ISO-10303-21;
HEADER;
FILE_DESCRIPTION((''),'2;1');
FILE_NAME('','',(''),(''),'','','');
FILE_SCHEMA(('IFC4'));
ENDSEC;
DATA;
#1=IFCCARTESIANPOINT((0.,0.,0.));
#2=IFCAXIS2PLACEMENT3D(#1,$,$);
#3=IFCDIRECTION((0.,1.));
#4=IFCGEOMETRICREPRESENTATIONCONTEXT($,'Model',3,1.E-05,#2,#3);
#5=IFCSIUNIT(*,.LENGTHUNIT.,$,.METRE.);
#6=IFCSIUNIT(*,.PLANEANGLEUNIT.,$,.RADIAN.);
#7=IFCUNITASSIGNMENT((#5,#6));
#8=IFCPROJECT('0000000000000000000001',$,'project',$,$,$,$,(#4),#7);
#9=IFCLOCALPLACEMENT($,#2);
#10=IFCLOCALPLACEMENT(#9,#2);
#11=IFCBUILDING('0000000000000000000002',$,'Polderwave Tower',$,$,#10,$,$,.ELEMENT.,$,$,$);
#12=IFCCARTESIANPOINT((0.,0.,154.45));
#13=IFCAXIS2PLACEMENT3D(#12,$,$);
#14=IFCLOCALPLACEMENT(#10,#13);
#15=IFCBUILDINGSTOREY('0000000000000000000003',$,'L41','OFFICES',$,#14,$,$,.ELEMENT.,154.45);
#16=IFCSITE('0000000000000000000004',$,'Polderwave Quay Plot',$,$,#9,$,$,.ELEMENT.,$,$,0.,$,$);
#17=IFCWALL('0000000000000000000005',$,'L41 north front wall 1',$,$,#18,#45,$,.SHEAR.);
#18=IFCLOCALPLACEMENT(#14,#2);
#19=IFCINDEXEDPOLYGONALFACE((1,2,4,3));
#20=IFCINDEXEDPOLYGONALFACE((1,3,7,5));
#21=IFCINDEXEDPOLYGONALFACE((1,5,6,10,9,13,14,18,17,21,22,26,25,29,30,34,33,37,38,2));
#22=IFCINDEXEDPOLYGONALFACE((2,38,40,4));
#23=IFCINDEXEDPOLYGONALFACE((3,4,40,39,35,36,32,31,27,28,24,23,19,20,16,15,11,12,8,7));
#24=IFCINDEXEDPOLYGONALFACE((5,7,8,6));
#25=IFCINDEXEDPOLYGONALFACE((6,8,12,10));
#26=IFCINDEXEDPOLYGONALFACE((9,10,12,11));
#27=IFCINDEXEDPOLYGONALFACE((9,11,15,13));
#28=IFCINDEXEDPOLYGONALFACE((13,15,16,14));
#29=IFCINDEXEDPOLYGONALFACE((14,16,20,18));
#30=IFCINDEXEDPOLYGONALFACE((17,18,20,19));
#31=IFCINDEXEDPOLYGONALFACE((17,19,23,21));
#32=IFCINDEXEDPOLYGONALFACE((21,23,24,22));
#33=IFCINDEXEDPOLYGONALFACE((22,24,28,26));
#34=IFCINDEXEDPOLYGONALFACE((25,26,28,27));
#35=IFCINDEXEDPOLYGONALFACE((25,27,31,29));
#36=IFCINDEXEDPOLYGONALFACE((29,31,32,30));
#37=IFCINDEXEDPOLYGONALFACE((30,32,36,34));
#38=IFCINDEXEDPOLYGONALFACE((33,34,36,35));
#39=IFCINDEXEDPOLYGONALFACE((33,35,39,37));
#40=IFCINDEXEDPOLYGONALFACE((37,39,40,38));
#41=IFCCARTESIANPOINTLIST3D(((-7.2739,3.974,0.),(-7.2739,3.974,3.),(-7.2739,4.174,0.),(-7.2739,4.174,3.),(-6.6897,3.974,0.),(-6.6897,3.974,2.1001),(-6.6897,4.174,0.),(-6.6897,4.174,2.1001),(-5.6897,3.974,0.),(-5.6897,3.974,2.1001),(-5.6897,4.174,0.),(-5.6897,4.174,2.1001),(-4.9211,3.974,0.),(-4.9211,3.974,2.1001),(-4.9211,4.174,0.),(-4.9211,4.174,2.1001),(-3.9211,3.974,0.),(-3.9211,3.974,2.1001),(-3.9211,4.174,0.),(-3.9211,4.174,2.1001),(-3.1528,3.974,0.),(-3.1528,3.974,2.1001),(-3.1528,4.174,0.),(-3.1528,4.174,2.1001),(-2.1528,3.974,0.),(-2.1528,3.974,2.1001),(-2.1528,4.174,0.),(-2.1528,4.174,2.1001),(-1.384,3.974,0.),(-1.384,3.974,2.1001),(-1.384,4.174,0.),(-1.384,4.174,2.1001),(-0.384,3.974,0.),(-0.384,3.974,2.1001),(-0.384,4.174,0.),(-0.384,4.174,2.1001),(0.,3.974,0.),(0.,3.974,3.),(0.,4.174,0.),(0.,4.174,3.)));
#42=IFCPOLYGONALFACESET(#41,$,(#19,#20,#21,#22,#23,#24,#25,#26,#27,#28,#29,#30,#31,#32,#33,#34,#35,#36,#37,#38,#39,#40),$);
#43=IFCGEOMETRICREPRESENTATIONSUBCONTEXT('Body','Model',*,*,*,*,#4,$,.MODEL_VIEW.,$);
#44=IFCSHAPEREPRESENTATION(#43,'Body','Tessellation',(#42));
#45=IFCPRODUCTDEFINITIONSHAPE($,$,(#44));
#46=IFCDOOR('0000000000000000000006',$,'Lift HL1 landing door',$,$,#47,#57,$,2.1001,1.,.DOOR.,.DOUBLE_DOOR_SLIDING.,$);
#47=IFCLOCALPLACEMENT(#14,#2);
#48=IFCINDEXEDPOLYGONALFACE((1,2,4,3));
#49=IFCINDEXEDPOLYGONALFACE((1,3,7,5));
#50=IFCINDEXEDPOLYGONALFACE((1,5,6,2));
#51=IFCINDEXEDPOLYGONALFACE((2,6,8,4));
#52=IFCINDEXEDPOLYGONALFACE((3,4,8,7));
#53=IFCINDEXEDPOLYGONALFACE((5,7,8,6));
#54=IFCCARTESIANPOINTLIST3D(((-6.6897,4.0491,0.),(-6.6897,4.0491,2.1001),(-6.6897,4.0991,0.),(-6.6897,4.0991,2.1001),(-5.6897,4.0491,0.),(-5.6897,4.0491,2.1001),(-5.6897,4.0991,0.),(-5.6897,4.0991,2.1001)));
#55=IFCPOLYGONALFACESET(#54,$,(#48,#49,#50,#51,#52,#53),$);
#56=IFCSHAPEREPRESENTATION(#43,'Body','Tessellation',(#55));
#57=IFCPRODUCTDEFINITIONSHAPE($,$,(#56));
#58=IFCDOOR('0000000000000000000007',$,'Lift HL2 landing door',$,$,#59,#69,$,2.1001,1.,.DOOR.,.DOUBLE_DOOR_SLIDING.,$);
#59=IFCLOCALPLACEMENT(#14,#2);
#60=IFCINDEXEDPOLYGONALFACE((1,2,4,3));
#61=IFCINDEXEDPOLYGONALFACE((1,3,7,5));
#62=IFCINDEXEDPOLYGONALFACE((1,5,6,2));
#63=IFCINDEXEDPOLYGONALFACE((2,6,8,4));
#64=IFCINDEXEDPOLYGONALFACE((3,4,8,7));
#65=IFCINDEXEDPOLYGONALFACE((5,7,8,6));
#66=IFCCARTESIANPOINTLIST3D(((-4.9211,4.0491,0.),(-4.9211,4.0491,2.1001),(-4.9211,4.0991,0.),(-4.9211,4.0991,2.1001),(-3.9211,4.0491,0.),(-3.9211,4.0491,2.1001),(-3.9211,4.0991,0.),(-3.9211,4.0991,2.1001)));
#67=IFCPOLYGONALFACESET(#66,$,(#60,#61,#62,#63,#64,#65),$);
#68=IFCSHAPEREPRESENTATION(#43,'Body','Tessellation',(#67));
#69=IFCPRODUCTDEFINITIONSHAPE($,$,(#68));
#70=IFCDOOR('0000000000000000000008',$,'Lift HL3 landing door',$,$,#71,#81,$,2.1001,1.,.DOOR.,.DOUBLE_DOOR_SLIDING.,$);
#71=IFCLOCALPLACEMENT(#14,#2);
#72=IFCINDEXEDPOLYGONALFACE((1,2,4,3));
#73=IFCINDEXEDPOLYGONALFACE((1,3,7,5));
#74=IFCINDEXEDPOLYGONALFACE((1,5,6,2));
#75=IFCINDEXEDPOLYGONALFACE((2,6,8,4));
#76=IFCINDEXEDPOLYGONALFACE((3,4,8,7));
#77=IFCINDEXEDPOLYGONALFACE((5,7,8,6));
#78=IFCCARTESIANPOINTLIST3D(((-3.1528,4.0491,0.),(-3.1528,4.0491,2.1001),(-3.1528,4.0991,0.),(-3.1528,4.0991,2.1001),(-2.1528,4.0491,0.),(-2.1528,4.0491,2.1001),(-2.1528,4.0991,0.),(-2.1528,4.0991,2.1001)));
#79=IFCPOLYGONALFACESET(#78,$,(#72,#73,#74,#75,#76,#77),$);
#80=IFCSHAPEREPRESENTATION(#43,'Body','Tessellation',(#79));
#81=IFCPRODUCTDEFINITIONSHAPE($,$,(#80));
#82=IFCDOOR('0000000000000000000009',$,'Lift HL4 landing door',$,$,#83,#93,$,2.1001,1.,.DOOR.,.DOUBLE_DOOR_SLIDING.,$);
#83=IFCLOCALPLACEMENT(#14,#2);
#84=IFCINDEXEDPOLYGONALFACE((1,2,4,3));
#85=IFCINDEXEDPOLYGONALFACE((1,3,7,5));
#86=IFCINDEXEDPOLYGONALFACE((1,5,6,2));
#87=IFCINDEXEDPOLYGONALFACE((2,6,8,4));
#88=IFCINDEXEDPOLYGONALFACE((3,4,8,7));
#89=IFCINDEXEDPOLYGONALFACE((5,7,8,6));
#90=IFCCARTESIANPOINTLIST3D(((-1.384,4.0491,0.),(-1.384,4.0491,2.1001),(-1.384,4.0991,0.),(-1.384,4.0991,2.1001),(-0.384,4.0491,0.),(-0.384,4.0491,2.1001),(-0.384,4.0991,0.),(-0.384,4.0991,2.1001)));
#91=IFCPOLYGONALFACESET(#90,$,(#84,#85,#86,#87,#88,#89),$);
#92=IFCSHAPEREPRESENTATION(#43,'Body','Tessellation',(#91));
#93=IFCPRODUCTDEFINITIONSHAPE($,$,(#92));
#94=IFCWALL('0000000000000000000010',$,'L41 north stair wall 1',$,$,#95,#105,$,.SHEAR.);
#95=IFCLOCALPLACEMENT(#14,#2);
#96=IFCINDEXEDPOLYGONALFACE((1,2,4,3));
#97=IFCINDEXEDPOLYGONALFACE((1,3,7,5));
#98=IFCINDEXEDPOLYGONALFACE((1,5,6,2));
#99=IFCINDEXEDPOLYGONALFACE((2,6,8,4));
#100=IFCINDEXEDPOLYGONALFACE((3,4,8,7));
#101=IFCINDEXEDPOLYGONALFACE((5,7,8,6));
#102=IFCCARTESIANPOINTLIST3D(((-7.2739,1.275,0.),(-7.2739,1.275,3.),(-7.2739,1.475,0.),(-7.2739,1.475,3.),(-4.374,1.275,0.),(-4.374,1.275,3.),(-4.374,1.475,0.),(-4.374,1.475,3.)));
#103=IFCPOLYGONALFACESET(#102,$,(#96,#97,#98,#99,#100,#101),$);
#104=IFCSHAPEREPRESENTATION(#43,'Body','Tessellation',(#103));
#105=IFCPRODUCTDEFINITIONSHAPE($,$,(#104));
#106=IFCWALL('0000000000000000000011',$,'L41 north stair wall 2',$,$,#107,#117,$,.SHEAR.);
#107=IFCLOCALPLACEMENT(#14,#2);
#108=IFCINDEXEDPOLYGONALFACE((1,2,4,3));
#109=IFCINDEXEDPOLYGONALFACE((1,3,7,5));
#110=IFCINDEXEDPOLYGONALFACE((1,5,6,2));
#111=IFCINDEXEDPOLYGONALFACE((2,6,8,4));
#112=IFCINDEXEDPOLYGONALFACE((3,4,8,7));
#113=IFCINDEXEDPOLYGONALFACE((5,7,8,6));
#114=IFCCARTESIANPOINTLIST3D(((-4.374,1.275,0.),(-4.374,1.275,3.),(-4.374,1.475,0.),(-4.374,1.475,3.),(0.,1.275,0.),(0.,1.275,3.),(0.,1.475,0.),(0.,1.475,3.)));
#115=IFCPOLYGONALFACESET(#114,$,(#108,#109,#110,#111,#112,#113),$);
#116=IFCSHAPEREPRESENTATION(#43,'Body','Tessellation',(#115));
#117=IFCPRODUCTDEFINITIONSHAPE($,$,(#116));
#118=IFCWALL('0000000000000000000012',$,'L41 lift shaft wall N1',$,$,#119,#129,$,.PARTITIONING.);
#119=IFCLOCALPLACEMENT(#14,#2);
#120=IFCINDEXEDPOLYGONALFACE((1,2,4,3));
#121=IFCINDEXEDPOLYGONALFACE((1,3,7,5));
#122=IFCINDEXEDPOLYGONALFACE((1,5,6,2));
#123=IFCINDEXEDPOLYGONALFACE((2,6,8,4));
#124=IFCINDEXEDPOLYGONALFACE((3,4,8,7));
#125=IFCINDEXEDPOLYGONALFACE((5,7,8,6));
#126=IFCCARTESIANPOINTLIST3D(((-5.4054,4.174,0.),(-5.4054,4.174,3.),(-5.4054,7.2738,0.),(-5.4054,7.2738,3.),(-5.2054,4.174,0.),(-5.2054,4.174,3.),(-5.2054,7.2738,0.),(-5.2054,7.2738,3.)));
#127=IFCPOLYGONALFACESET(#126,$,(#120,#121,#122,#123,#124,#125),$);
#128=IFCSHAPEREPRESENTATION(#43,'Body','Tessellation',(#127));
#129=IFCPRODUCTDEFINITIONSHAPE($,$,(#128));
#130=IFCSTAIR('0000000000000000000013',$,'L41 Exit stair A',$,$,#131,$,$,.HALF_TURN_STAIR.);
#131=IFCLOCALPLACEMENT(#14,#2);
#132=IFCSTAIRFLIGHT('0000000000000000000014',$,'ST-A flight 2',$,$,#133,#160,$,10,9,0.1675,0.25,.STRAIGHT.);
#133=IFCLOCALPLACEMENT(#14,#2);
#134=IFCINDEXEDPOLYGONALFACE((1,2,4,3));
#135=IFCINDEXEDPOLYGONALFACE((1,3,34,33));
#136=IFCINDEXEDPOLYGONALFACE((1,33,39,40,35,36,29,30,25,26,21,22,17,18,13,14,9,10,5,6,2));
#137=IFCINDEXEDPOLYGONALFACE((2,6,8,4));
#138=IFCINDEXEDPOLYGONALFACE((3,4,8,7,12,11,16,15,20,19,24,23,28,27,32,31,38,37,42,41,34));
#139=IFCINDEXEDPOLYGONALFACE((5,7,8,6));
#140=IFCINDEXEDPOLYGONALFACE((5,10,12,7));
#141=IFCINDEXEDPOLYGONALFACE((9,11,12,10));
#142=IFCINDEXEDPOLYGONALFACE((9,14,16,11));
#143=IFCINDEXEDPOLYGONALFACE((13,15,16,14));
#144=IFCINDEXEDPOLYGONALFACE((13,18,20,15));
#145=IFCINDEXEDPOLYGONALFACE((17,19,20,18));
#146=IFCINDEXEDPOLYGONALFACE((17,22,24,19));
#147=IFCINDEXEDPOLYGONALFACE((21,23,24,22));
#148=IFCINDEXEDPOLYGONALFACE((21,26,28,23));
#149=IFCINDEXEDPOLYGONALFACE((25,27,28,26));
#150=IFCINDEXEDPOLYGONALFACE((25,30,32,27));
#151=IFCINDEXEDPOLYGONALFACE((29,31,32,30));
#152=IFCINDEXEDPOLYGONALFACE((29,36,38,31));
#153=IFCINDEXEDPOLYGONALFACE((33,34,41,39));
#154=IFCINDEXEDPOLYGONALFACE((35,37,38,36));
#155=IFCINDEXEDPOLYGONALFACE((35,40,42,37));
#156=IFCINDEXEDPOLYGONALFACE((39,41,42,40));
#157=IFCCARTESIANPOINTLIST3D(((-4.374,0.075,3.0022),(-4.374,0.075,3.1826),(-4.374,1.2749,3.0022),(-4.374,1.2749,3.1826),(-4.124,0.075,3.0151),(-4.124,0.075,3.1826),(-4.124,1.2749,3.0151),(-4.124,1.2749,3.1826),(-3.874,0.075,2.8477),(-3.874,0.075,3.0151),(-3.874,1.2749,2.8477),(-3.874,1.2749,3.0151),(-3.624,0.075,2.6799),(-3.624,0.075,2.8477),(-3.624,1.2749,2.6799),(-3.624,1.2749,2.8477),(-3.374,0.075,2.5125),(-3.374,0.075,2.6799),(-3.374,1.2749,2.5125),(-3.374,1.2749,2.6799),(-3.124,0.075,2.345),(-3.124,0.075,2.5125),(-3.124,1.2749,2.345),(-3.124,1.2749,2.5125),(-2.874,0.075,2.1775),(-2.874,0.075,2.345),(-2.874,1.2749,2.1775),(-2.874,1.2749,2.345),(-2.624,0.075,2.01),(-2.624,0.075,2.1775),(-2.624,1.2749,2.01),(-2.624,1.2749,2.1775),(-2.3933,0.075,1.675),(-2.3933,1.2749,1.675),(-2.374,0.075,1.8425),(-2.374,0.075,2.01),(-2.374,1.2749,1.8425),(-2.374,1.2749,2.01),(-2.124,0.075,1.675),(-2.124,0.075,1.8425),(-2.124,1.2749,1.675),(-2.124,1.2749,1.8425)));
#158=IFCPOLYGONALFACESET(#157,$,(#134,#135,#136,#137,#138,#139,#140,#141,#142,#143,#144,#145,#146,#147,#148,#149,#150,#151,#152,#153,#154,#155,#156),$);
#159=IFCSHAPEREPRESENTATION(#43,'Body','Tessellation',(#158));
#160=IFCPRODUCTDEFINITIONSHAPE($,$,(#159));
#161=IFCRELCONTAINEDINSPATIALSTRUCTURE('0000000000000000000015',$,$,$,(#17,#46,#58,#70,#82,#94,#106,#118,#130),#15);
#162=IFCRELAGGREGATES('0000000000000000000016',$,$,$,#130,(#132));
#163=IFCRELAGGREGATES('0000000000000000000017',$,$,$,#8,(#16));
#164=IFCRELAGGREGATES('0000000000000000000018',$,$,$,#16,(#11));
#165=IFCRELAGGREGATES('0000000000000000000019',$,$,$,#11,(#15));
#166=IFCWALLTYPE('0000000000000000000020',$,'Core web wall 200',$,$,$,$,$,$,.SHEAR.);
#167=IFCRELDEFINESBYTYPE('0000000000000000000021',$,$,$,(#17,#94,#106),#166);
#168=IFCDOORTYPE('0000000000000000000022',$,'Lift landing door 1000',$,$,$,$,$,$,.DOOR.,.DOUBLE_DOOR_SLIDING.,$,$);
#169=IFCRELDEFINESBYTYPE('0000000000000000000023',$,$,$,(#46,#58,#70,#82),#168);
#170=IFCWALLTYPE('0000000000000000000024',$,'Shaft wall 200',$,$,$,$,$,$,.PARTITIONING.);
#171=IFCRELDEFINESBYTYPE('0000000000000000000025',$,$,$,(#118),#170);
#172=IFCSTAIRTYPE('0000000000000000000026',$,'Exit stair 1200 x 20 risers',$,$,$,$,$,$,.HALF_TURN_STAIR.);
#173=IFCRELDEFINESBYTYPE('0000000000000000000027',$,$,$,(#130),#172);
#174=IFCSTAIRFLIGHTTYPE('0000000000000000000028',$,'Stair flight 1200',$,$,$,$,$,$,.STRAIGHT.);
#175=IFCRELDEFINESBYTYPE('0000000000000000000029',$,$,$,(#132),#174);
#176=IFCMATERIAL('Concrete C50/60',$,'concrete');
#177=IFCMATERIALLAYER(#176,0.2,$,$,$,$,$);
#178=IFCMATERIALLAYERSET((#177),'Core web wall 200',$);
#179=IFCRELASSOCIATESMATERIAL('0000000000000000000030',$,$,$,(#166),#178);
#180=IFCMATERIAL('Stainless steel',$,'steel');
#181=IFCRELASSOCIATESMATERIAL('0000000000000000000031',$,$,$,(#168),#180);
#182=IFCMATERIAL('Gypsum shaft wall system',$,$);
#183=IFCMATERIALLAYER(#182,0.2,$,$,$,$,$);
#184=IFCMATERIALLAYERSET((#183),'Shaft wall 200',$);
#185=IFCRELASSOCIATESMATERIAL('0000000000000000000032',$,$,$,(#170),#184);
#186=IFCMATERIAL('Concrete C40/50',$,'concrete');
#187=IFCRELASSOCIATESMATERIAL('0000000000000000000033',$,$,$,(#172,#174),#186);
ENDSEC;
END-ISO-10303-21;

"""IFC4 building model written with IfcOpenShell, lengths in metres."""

from ifc_helpers import new_model, si_unit, direction, frame, frame_2d, origin, place, context, subcontext, project, spatial, polyline, rectangle, outline, extrude, material, layer, layer_set, type_object, element, fill, aggregate, save


model = new_model("IFC4")

# Units and contexts
model_context = context("Model", 3, precision=1e-05, world=origin(), true_north=direction((0.0, 1.0)))
body_context = subcontext(model_context, "Body", "Model", "MODEL_VIEW")
ifc_project = project(units=[si_unit("LENGTHUNIT", "METRE"), si_unit("PLANEANGLEUNIT", "RADIAN")], contexts=[model_context])

# Site, building, storey
site_placement = place(None, origin())
site = spatial("IfcSite", under=ifc_project, at=site_placement, Name="Polderwave Quay Plot", CompositionType="ELEMENT", RefElevation=0.0)
building_placement = place(site_placement, origin())
building = spatial("IfcBuilding", under=site, at=building_placement, Name="Polderwave Tower", CompositionType="ELEMENT")
storey_placement = place(building_placement, frame((0.0, 0.0, 154.45)))
storey = spatial("IfcBuildingStorey", under=building, at=storey_placement, Name="L41", Description="OFFICES", CompositionType="ELEMENT", Elevation=154.45)

# Wall, openings, doors
ifc_material_1 = material(Name="Concrete C50/60", Category="concrete")
ifc_layer_1 = layer(ifc_material_1, 0.2)
ifc_layer_set_1 = layer_set([ifc_layer_1], Name="Core web wall 200")
wall_type_1 = type_object("IfcWallType", Name="Core web wall 200", PredefinedType="SHEAR", material=ifc_layer_set_1)
wall_1_placement = place(storey_placement, frame((-7.2739, 4.074, 0.0), z_axis=(0.0, 0.0, 1.0), x_axis=(1.0, 0.0, 0.0)))
wall_1 = element("IfcWall", 1, at=wall_1_placement, inside=storey, type_object=wall_type_1, Name="L41 north front wall 1", PredefinedType="SHEAR", context=body_context, shape_type="SweptSolid", body=[
    extrude(rectangle(XDim=7.2739, YDim=0.2, at=frame_2d((3.637, 0.0))), origin(), (0.0, 0.0, 1.0), 3.0),
])
opening_1_placement = place(wall_1_placement, frame((0.5842, 0.0, 0.0)))
opening_1 = element("IfcOpeningElement", 2, at=opening_1_placement, cuts=wall_1, PredefinedType="OPENING", context=body_context, shape_type="SweptSolid", body=[
    extrude(rectangle(XDim=1.0, YDim=2.1001, at=frame_2d((0.5, 1.05))), frame((0.0, 0.1099, 0.0), z_axis=(0.0, -1.0, 0.0), x_axis=(1.0, 0.0, 0.0)), (0.0, 0.0, 1.0), 0.22),
])
opening_2_placement = place(wall_1_placement, frame((2.3528, 0.0, 0.0)))
opening_2 = element("IfcOpeningElement", 3, at=opening_2_placement, cuts=wall_1, PredefinedType="OPENING", context=body_context, shape_type="SweptSolid", body=[
    extrude(rectangle(XDim=1.0, YDim=2.1001, at=frame_2d((0.5, 1.05))), frame((0.0, 0.1099, 0.0), z_axis=(0.0, -1.0, 0.0), x_axis=(1.0, 0.0, 0.0)), (0.0, 0.0, 1.0), 0.22),
])
opening_3_placement = place(wall_1_placement, frame((4.1211, 0.0, 0.0)))
opening_3 = element("IfcOpeningElement", 4, at=opening_3_placement, cuts=wall_1, PredefinedType="OPENING", context=body_context, shape_type="SweptSolid", body=[
    extrude(rectangle(XDim=1.0, YDim=2.1001, at=frame_2d((0.5, 1.05))), frame((0.0, 0.1099, 0.0), z_axis=(0.0, -1.0, 0.0), x_axis=(1.0, 0.0, 0.0)), (0.0, 0.0, 1.0), 0.22),
])
opening_4_placement = place(wall_1_placement, frame((5.8899, 0.0, 0.0)))
opening_4 = element("IfcOpeningElement", 5, at=opening_4_placement, cuts=wall_1, PredefinedType="OPENING", context=body_context, shape_type="SweptSolid", body=[
    extrude(rectangle(XDim=1.0, YDim=2.1001, at=frame_2d((0.5, 1.05))), frame((0.0, 0.1099, 0.0), z_axis=(0.0, -1.0, 0.0), x_axis=(1.0, 0.0, 0.0)), (0.0, 0.0, 1.0), 0.22),
])
ifc_material_2 = material(Name="Stainless steel", Category="steel")
door_type = type_object("IfcDoorType", Name="Lift landing door 1000", OperationType="DOUBLE_DOOR_SLIDING", PredefinedType="DOOR", material=ifc_material_2)
door_1_placement = place(opening_1_placement, frame((1.0, 0.0, 0.0), z_axis=(0.0, 0.0, 1.0), x_axis=(-1.0, 0.0, 0.0)))
door_1 = element("IfcDoor", 6, at=door_1_placement, inside=storey, type_object=door_type, Name="Lift HL1 landing door", OperationType="DOUBLE_DOOR_SLIDING", OverallHeight=2.1001, OverallWidth=1.0, PredefinedType="DOOR", context=body_context, shape_type="SweptSolid", body=[
    extrude(rectangle(XDim=1.0, YDim=2.1001, at=frame_2d((0.5, 1.05))), frame((0.0, 0.0249, 0.0), z_axis=(0.0, -1.0, 0.0), x_axis=(1.0, 0.0, 0.0)), (0.0, 0.0, 1.0), 0.05),
])
fill(opening_1, door_1)
door_2_placement = place(opening_2_placement, frame((1.0, 0.0, 0.0), z_axis=(0.0, 0.0, 1.0), x_axis=(-1.0, 0.0, 0.0)))
door_2 = element("IfcDoor", 7, at=door_2_placement, inside=storey, type_object=door_type, Name="Lift HL2 landing door", OperationType="DOUBLE_DOOR_SLIDING", OverallHeight=2.1001, OverallWidth=1.0, PredefinedType="DOOR", context=body_context, shape_type="SweptSolid", body=[
    extrude(rectangle(XDim=1.0, YDim=2.1001, at=frame_2d((0.5, 1.05))), frame((0.0, 0.0249, 0.0), z_axis=(0.0, -1.0, 0.0), x_axis=(1.0, 0.0, 0.0)), (0.0, 0.0, 1.0), 0.05),
])
fill(opening_2, door_2)
door_3_placement = place(opening_3_placement, frame((1.0, 0.0, 0.0), z_axis=(0.0, 0.0, 1.0), x_axis=(-1.0, 0.0, 0.0)))
door_3 = element("IfcDoor", 8, at=door_3_placement, inside=storey, type_object=door_type, Name="Lift HL3 landing door", OperationType="DOUBLE_DOOR_SLIDING", OverallHeight=2.1001, OverallWidth=1.0, PredefinedType="DOOR", context=body_context, shape_type="SweptSolid", body=[
    extrude(rectangle(XDim=1.0, YDim=2.1001, at=frame_2d((0.5, 1.05))), frame((0.0, 0.0249, 0.0), z_axis=(0.0, -1.0, 0.0), x_axis=(1.0, 0.0, 0.0)), (0.0, 0.0, 1.0), 0.05),
])
fill(opening_3, door_3)
door_4_placement = place(opening_4_placement, frame((1.0, 0.0, 0.0), z_axis=(0.0, 0.0, 1.0), x_axis=(-1.0, 0.0, 0.0)))
door_4 = element("IfcDoor", 9, at=door_4_placement, inside=storey, type_object=door_type, Name="Lift HL4 landing door", OperationType="DOUBLE_DOOR_SLIDING", OverallHeight=2.1001, OverallWidth=1.0, PredefinedType="DOOR", context=body_context, shape_type="SweptSolid", body=[
    extrude(rectangle(XDim=1.0, YDim=2.1001, at=frame_2d((0.5, 1.05))), frame((0.0, 0.0249, 0.0), z_axis=(0.0, -1.0, 0.0), x_axis=(1.0, 0.0, 0.0)), (0.0, 0.0, 1.0), 0.05),
])
fill(opening_4, door_4)

# Walls
wall_2_placement = place(storey_placement, frame((-7.2739, 1.375, 0.0), z_axis=(0.0, 0.0, 1.0), x_axis=(1.0, 0.0, 0.0)))
element("IfcWall", 10, at=wall_2_placement, inside=storey, type_object=wall_type_1, Name="L41 north stair wall 1", PredefinedType="SHEAR", context=body_context, shape_type="SweptSolid", body=[
    extrude(rectangle(XDim=2.8999, YDim=0.2, at=frame_2d((1.45, 0.0))), origin(), (0.0, 0.0, 1.0), 3.0),
])
wall_3_placement = place(storey_placement, frame((-4.374, 1.375, 0.0), z_axis=(0.0, 0.0, 1.0), x_axis=(1.0, 0.0, 0.0)))
element("IfcWall", 11, at=wall_3_placement, inside=storey, type_object=wall_type_1, Name="L41 north stair wall 2", PredefinedType="SHEAR", context=body_context, shape_type="SweptSolid", body=[
    extrude(rectangle(XDim=4.374, YDim=0.2, at=frame_2d((2.187, 0.0))), origin(), (0.0, 0.0, 1.0), 3.0),
])
ifc_material_3 = material(Name="Gypsum shaft wall system")
ifc_layer_2 = layer(ifc_material_3, 0.2)
ifc_layer_set_2 = layer_set([ifc_layer_2], Name="Shaft wall 200")
wall_type_2 = type_object("IfcWallType", Name="Shaft wall 200", PredefinedType="PARTITIONING", material=ifc_layer_set_2)
wall_4_placement = place(storey_placement, frame((-5.3054, 4.1741, 0.0), z_axis=(0.0, 0.0, 1.0), x_axis=(0.0, 1.0, 0.0)))
element("IfcWall", 12, at=wall_4_placement, inside=storey, type_object=wall_type_2, Name="L41 lift shaft wall N1", PredefinedType="PARTITIONING", context=body_context, shape_type="SweptSolid", body=[
    extrude(rectangle(XDim=3.0999, YDim=0.2, at=frame_2d((1.5498, 0.0))), origin(), (0.0, 0.0, 1.0), 3.0),
])

# Stair, stair flight
ifc_material_4 = material(Name="Concrete C40/50", Category="concrete")
stair_type = type_object("IfcStairType", Name="Exit stair 1200 x 20 risers", PredefinedType="HALF_TURN_STAIR", material=ifc_material_4)
stair_placement = place(storey_placement, origin())
stair = element("IfcStair", 13, at=stair_placement, inside=storey, type_object=stair_type, Name="L41 Exit stair A", PredefinedType="HALF_TURN_STAIR")
stair_flight_type = type_object("IfcStairFlightType", Name="Stair flight 1200", PredefinedType="STRAIGHT", material=ifc_material_4)
stair_flight_placement = place(storey_placement, frame((-2.124, 0.675, 1.675), z_axis=(0.0, 0.0, 1.0), x_axis=(-1.0, 0.0, 0.0)))
stair_flight = element("IfcStairFlight", 14, at=stair_flight_placement, type_object=stair_flight_type, Name="ST-A flight 2", NumberOfRisers=10, NumberOfTreads=9, PredefinedType="STRAIGHT", RiserHeight=0.1675, TreadLength=0.25, context=body_context, shape_type="SweptSolid", body=[
    extrude(outline(polyline([(0.0, 0.0), (0.0, 0.1675), (0.25, 0.1675), (0.25, 0.335), (0.5, 0.335), (0.5, 0.5024), (0.75, 0.5024), (0.75, 0.6699), (1.0, 0.6699), (1.0, 0.8374), (1.25, 0.8374), (1.25, 1.0049), (1.5, 1.0049), (1.5, 1.1726), (1.75, 1.1726), (1.75, 1.3401), (2.0, 1.3401), (2.0, 1.5076), (2.25, 1.5076), (2.25, 1.675), (2.25, 1.3271), (0.2693, 0.0), (0.0, 0.0)])), frame((0.0, 0.6001, 0.0), z_axis=(0.0, -1.0, 0.0), x_axis=(1.0, 0.0, 0.0)), (0.0, 0.0, 1.0), 1.2),
])
aggregate(stair, [stair_flight])

save(model, "model.ifc")
